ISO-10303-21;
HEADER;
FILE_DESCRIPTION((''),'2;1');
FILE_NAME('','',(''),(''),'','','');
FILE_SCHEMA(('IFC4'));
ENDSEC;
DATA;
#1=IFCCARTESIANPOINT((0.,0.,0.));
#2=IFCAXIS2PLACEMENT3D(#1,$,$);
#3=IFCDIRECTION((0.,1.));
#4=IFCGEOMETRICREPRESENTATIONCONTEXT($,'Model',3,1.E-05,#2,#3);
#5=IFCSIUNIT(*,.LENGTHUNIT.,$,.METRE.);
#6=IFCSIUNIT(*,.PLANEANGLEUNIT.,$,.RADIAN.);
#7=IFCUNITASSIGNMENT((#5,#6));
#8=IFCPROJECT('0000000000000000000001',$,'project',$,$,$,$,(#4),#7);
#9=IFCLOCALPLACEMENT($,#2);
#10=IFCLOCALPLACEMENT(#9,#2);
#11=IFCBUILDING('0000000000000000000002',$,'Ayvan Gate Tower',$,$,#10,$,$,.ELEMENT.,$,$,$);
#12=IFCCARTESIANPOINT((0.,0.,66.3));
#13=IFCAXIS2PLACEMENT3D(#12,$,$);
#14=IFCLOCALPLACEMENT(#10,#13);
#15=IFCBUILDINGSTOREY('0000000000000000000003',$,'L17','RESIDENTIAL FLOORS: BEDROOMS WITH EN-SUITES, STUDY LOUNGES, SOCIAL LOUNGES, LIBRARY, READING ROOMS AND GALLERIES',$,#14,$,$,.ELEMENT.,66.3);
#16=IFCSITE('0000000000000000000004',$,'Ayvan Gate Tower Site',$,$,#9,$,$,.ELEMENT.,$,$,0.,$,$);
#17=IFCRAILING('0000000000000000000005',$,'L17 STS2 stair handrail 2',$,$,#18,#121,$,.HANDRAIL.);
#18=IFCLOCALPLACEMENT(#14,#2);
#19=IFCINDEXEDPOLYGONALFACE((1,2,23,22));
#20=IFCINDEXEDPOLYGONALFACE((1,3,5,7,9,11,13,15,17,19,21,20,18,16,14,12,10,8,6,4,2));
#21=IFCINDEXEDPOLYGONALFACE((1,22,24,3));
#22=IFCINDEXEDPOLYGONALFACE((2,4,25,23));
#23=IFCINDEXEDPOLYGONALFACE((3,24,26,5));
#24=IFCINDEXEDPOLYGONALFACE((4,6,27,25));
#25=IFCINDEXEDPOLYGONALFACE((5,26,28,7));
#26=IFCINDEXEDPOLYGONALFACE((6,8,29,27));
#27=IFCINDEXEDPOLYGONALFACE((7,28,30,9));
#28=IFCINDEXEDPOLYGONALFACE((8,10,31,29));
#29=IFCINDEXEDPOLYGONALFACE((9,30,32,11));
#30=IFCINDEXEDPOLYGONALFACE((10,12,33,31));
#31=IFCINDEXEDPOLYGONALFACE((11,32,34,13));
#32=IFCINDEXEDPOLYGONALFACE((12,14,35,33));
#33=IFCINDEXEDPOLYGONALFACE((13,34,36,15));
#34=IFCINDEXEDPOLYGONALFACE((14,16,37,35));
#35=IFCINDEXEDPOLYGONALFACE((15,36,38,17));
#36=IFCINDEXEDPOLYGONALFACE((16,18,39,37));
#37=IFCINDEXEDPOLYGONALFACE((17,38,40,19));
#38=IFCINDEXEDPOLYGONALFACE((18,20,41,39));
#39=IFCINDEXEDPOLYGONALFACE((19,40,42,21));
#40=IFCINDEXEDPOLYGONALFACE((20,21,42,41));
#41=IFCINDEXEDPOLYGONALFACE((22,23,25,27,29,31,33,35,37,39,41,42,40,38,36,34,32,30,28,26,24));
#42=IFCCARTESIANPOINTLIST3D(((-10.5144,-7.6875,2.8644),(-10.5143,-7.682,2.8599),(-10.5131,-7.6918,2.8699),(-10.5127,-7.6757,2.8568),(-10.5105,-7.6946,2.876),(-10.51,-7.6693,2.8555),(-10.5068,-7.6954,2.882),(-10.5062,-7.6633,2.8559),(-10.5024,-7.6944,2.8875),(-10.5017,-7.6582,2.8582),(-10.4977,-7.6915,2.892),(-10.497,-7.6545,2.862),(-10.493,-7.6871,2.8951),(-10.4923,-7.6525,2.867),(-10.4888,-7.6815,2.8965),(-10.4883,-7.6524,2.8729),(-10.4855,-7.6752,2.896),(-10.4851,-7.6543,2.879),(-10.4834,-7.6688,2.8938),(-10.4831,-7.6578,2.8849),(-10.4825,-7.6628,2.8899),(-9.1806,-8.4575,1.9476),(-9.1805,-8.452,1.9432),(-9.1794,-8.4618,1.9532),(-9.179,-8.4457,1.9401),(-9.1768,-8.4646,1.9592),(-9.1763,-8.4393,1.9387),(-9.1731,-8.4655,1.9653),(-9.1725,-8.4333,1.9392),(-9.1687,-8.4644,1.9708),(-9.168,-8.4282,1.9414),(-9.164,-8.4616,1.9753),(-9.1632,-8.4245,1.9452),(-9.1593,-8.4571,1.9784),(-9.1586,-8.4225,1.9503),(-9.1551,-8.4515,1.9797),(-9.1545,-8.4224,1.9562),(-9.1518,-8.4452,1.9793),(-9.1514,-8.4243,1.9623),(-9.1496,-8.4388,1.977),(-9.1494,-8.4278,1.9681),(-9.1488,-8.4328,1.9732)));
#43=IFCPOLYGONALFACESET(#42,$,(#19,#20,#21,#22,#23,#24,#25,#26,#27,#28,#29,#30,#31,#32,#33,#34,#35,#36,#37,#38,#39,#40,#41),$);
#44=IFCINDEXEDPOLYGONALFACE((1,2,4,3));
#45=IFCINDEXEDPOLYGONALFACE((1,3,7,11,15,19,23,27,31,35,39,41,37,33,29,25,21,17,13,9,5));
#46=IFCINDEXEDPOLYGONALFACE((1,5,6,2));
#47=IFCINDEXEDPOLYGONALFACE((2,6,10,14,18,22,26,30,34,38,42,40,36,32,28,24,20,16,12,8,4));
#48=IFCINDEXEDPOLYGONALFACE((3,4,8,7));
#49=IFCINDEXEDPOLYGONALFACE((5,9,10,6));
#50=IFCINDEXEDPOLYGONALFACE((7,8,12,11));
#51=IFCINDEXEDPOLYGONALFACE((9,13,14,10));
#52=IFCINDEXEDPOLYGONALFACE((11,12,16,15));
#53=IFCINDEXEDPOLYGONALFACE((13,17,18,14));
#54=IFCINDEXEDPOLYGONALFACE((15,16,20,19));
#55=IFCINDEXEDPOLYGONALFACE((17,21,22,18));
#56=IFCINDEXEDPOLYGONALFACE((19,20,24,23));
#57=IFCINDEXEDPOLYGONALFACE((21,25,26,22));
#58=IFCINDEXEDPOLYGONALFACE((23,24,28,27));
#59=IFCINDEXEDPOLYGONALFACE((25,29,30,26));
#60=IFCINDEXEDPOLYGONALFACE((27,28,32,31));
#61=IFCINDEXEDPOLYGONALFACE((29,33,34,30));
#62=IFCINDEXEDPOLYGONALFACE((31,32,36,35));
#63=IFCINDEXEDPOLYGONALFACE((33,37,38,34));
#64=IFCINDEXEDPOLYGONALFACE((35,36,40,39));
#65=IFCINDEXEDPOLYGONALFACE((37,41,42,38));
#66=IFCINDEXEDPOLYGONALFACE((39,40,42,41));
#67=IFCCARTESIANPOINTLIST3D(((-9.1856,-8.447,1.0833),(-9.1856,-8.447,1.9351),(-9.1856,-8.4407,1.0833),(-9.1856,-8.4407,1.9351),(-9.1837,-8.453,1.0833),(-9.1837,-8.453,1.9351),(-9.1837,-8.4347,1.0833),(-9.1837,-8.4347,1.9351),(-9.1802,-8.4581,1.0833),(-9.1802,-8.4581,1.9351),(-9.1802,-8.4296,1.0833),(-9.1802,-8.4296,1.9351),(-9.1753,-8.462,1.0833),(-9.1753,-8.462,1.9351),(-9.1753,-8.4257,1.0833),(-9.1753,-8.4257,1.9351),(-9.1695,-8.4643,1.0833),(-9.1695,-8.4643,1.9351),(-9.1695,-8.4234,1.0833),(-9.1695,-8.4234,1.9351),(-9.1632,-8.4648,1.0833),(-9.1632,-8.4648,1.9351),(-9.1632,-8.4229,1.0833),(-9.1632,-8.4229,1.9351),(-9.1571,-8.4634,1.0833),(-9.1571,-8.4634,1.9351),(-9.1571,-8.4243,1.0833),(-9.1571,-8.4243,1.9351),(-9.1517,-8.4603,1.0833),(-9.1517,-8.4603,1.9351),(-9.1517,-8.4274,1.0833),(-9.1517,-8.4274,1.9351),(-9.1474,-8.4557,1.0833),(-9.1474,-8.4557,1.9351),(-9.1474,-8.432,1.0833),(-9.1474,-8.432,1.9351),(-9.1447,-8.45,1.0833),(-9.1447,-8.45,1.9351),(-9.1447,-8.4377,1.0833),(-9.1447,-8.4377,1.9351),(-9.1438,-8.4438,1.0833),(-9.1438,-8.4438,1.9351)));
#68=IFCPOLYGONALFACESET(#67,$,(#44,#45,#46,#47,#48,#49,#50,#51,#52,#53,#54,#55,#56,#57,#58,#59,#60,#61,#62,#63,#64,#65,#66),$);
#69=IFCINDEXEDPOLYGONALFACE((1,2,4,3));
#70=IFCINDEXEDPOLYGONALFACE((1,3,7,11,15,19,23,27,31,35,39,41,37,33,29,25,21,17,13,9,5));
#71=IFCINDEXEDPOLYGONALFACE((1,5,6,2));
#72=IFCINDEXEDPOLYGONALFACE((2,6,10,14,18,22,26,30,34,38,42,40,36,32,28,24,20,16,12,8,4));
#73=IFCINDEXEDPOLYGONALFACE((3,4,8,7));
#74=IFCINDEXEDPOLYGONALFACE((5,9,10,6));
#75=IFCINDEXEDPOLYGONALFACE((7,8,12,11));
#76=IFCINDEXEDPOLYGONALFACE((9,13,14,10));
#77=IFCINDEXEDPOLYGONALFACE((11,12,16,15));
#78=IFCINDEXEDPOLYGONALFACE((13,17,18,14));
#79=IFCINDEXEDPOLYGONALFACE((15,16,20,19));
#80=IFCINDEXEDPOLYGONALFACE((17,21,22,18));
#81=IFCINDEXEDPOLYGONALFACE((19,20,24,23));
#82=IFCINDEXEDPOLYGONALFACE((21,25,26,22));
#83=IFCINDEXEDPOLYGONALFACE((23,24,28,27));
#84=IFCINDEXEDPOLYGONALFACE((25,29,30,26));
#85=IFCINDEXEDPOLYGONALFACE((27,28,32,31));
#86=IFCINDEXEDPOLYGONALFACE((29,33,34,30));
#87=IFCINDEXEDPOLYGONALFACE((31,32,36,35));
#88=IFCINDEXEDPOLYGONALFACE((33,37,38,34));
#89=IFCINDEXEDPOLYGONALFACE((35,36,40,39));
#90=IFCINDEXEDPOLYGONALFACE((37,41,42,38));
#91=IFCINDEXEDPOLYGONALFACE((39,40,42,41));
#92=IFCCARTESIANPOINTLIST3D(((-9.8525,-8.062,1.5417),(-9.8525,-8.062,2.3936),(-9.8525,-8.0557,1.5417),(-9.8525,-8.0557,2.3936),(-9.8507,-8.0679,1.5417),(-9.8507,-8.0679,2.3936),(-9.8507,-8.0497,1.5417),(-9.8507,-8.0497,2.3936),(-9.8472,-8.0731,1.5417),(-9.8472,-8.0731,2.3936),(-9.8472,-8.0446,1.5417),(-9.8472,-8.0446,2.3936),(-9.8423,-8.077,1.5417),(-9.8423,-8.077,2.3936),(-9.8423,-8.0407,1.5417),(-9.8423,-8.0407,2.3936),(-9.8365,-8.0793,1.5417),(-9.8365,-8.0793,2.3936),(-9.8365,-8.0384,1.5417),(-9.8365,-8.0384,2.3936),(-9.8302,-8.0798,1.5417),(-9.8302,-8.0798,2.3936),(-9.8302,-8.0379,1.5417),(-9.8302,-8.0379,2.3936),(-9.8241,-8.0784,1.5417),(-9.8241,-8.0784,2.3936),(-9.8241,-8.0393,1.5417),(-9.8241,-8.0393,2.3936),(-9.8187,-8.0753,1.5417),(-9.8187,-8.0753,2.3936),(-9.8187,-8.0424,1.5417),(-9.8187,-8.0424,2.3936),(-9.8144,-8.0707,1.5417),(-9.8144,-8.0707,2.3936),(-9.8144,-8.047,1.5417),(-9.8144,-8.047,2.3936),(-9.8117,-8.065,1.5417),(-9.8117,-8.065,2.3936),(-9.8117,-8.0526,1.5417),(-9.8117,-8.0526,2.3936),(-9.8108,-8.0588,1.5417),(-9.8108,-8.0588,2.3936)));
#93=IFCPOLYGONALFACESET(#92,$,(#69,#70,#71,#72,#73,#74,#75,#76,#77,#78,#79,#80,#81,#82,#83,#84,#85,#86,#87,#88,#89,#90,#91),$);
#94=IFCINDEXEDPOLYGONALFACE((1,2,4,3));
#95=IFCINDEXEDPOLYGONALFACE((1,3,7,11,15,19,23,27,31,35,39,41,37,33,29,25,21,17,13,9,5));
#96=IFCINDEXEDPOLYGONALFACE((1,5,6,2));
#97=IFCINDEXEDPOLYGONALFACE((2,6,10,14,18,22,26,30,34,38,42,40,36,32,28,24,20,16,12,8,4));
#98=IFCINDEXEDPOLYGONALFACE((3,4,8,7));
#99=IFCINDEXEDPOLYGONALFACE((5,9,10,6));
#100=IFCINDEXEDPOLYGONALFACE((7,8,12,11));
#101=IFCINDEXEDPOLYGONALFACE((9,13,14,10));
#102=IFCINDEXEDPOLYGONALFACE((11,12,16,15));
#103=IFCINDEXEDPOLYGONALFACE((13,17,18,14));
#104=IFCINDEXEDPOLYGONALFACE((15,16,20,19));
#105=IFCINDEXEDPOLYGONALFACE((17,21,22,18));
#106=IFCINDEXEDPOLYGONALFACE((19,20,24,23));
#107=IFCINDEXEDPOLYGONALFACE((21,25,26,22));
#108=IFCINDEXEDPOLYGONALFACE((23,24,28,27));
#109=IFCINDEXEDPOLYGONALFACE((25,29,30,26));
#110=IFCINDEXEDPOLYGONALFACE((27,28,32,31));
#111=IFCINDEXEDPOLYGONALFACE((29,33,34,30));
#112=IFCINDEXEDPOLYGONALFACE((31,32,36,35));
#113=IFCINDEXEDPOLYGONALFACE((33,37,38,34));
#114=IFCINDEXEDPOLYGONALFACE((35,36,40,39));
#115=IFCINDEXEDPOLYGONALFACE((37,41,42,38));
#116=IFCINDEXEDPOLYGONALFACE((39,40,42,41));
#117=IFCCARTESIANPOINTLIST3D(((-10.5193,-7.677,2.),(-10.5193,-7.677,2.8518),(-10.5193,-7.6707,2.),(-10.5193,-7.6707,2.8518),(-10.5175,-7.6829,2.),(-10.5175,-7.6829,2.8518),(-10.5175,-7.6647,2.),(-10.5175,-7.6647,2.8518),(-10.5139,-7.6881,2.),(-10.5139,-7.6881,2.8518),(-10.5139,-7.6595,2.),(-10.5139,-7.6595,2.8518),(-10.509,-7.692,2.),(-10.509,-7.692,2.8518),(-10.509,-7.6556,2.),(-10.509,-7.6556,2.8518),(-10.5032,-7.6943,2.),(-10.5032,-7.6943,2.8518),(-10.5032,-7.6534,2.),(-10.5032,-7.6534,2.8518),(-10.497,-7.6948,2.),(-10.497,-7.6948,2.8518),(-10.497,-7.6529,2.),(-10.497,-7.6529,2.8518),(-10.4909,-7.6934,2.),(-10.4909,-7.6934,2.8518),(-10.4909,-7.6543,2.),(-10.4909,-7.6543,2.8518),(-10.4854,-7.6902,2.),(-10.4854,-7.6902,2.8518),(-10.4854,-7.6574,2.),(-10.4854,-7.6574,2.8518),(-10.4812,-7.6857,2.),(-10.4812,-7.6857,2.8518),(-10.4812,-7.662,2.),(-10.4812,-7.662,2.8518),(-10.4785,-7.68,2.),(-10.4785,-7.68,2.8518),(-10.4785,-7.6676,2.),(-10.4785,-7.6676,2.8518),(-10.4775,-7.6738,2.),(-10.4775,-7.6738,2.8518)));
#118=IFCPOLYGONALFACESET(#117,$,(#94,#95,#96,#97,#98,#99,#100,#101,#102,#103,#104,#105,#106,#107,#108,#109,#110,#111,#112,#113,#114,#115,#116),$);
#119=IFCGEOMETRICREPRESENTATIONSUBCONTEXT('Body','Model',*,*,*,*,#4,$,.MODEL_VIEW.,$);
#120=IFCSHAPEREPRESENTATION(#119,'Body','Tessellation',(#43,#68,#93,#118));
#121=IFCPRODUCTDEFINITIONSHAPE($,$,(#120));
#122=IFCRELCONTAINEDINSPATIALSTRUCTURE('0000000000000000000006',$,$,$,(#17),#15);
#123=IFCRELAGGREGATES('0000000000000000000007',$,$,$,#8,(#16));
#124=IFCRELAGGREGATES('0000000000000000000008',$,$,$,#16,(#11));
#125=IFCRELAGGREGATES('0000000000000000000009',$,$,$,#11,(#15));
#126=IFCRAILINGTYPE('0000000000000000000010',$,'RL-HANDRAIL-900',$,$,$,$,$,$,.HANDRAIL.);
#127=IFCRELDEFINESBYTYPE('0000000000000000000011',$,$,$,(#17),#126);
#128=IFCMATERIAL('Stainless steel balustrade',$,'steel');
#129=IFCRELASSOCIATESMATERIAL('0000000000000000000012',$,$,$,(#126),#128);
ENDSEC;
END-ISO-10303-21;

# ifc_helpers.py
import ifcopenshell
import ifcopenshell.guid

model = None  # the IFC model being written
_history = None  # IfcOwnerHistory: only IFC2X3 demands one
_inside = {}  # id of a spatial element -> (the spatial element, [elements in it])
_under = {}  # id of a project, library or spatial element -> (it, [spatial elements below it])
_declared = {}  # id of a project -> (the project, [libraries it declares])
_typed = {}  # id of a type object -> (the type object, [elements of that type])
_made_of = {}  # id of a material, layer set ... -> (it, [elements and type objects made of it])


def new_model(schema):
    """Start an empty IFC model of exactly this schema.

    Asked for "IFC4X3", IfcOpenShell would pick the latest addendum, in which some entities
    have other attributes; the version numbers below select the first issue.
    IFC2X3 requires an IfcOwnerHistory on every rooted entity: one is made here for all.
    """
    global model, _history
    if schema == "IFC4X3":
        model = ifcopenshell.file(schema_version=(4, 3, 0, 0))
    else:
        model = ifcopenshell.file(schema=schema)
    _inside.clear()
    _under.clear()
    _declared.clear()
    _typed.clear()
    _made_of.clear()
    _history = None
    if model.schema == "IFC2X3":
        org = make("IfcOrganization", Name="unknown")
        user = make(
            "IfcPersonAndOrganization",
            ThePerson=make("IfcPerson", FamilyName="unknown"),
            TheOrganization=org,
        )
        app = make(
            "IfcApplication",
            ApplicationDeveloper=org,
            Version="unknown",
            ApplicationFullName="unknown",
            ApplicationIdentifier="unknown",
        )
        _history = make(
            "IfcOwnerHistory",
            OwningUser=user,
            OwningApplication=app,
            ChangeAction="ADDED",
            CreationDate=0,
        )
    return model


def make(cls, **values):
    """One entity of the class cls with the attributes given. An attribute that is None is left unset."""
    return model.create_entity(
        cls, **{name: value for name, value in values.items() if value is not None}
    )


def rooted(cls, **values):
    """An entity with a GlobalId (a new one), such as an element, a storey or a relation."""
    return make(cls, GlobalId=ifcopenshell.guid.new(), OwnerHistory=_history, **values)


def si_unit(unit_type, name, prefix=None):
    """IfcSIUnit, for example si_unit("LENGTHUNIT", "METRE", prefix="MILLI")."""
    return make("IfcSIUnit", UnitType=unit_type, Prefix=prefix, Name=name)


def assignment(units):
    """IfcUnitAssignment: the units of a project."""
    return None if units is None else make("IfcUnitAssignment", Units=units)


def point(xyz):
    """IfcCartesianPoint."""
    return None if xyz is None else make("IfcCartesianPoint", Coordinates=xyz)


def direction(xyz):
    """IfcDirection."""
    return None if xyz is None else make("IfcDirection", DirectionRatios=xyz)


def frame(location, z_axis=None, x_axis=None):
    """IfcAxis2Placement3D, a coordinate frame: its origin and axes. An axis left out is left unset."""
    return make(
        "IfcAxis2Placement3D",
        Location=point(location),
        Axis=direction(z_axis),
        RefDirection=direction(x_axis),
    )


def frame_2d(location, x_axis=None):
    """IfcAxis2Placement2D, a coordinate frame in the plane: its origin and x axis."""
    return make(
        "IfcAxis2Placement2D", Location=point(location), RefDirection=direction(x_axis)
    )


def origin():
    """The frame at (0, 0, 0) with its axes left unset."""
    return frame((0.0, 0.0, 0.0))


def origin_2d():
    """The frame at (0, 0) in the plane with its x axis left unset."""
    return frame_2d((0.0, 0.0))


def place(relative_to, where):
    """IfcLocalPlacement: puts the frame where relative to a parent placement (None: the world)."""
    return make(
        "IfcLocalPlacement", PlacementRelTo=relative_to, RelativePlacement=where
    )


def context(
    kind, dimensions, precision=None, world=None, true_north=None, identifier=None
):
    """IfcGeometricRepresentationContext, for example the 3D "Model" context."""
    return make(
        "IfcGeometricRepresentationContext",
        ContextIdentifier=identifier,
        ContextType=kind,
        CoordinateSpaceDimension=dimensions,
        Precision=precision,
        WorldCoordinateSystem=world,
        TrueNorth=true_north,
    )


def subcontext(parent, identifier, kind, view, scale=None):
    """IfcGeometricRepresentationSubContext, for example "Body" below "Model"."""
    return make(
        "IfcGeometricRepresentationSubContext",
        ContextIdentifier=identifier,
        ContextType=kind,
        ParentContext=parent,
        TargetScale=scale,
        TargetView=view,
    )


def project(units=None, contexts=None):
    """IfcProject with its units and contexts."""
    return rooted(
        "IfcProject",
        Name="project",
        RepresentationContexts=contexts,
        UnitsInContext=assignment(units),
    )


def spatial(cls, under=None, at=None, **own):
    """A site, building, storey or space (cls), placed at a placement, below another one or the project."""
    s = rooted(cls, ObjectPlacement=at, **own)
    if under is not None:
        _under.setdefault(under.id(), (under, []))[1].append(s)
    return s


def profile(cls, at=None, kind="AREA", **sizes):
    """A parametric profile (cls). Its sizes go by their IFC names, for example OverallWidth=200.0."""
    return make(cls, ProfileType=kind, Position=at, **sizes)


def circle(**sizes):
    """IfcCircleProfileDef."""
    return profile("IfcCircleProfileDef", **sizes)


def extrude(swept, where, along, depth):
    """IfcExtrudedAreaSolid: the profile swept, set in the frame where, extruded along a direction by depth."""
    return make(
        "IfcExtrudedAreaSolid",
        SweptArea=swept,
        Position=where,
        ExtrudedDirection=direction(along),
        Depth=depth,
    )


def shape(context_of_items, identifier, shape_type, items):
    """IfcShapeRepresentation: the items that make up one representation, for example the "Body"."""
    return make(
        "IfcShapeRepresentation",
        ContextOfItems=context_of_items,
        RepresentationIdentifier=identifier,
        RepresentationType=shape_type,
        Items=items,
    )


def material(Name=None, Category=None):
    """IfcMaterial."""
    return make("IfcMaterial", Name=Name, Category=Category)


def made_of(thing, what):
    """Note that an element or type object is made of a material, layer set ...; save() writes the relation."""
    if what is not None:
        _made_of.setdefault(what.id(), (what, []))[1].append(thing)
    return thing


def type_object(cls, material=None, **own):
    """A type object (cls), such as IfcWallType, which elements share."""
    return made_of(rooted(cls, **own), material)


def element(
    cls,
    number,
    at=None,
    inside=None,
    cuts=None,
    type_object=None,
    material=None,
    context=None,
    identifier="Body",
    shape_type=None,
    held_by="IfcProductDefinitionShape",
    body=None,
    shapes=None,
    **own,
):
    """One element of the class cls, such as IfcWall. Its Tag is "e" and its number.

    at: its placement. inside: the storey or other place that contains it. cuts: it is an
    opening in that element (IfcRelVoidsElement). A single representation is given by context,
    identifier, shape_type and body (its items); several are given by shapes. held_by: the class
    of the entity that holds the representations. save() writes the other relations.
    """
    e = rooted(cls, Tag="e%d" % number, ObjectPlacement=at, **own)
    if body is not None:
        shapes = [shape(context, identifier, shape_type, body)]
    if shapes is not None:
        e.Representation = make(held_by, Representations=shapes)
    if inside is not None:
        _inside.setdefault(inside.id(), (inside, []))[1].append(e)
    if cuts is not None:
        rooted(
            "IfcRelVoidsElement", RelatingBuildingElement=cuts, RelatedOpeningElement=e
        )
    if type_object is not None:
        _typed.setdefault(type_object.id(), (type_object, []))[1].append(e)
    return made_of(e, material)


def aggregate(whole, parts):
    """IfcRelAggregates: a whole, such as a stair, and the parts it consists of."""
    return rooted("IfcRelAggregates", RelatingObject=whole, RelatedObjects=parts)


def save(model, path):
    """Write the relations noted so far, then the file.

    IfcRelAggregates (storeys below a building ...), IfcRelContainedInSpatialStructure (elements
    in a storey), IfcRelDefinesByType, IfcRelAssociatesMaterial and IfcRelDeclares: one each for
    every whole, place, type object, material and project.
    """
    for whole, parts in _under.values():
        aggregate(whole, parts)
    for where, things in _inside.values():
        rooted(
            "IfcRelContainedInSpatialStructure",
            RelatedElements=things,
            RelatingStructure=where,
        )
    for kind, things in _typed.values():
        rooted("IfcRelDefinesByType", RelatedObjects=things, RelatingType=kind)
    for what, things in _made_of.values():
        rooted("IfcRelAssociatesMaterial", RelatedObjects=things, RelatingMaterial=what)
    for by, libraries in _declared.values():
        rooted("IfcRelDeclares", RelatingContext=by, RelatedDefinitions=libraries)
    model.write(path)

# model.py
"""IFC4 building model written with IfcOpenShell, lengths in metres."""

from ifc_helpers import new_model, si_unit, direction, frame, origin, origin_2d, place, context, subcontext, project, spatial, circle, extrude, material, type_object, element, save


model = new_model("IFC4")

# Units and contexts
model_context = context("Model", 3, precision=1e-05, world=origin(), true_north=direction((0.0, 1.0)))
body_context = subcontext(model_context, "Body", "Model", "MODEL_VIEW")
ifc_project = project(units=[si_unit("LENGTHUNIT", "METRE"), si_unit("PLANEANGLEUNIT", "RADIAN")], contexts=[model_context])

# Site, building, storey
site_placement = place(None, origin())
site = spatial("IfcSite", under=ifc_project, at=site_placement, Name="Ayvan Gate Tower Site", CompositionType="ELEMENT", RefElevation=0.0)
building_placement = place(site_placement, origin())
building = spatial("IfcBuilding", under=site, at=building_placement, Name="Ayvan Gate Tower", CompositionType="ELEMENT")
storey_placement = place(building_placement, frame((0.0, 0.0, 66.3)))
storey = spatial("IfcBuildingStorey", under=building, at=storey_placement, Name="L17", Description="RESIDENTIAL FLOORS: BEDROOMS WITH EN-SUITES, STUDY LOUNGES, SOCIAL LOUNGES, LIBRARY, READING ROOMS AND GALLERIES", CompositionType="ELEMENT", Elevation=66.3)

# Railing
ifc_material_1 = material(Name="Stainless steel balustrade", Category="steel")
railing_type_1 = type_object("IfcRailingType", Name="RL-HANDRAIL-900", PredefinedType="HANDRAIL", material=ifc_material_1)
railing_1_placement = place(storey_placement, frame((-9.1648, -8.4438, 1.0833)))
element("IfcRailing", 1, at=railing_1_placement, inside=storey, type_object=railing_type_1, Name="L17 STS2 stair handrail 2", PredefinedType="HANDRAIL", context=body_context, shape_type="SweptSolid", body=[
    extrude(circle(Radius=0.0239, at=origin_2d()), frame((0.0, 0.0, 0.876), z_axis=(-0.744164, 0.429634, 0.511502), x_axis=(-0.499992, -0.86603, 0.0)), (0.0, 0.0, 1.0), 1.7922),
    extrude(circle(Radius=0.021, at=origin_2d()), origin(), (0.0, 0.0, 1.0), 0.8518),
    extrude(circle(Radius=0.021, at=origin_2d()), frame((-0.667, 0.385, 0.4585)), (0.0, 0.0, 1.0), 0.8518),
    extrude(circle(Radius=0.021, at=origin_2d()), frame((-1.3337, 0.77, 0.9167)), (0.0, 0.0, 1.0), 0.8518),
])

save(model, "model.ifc")
